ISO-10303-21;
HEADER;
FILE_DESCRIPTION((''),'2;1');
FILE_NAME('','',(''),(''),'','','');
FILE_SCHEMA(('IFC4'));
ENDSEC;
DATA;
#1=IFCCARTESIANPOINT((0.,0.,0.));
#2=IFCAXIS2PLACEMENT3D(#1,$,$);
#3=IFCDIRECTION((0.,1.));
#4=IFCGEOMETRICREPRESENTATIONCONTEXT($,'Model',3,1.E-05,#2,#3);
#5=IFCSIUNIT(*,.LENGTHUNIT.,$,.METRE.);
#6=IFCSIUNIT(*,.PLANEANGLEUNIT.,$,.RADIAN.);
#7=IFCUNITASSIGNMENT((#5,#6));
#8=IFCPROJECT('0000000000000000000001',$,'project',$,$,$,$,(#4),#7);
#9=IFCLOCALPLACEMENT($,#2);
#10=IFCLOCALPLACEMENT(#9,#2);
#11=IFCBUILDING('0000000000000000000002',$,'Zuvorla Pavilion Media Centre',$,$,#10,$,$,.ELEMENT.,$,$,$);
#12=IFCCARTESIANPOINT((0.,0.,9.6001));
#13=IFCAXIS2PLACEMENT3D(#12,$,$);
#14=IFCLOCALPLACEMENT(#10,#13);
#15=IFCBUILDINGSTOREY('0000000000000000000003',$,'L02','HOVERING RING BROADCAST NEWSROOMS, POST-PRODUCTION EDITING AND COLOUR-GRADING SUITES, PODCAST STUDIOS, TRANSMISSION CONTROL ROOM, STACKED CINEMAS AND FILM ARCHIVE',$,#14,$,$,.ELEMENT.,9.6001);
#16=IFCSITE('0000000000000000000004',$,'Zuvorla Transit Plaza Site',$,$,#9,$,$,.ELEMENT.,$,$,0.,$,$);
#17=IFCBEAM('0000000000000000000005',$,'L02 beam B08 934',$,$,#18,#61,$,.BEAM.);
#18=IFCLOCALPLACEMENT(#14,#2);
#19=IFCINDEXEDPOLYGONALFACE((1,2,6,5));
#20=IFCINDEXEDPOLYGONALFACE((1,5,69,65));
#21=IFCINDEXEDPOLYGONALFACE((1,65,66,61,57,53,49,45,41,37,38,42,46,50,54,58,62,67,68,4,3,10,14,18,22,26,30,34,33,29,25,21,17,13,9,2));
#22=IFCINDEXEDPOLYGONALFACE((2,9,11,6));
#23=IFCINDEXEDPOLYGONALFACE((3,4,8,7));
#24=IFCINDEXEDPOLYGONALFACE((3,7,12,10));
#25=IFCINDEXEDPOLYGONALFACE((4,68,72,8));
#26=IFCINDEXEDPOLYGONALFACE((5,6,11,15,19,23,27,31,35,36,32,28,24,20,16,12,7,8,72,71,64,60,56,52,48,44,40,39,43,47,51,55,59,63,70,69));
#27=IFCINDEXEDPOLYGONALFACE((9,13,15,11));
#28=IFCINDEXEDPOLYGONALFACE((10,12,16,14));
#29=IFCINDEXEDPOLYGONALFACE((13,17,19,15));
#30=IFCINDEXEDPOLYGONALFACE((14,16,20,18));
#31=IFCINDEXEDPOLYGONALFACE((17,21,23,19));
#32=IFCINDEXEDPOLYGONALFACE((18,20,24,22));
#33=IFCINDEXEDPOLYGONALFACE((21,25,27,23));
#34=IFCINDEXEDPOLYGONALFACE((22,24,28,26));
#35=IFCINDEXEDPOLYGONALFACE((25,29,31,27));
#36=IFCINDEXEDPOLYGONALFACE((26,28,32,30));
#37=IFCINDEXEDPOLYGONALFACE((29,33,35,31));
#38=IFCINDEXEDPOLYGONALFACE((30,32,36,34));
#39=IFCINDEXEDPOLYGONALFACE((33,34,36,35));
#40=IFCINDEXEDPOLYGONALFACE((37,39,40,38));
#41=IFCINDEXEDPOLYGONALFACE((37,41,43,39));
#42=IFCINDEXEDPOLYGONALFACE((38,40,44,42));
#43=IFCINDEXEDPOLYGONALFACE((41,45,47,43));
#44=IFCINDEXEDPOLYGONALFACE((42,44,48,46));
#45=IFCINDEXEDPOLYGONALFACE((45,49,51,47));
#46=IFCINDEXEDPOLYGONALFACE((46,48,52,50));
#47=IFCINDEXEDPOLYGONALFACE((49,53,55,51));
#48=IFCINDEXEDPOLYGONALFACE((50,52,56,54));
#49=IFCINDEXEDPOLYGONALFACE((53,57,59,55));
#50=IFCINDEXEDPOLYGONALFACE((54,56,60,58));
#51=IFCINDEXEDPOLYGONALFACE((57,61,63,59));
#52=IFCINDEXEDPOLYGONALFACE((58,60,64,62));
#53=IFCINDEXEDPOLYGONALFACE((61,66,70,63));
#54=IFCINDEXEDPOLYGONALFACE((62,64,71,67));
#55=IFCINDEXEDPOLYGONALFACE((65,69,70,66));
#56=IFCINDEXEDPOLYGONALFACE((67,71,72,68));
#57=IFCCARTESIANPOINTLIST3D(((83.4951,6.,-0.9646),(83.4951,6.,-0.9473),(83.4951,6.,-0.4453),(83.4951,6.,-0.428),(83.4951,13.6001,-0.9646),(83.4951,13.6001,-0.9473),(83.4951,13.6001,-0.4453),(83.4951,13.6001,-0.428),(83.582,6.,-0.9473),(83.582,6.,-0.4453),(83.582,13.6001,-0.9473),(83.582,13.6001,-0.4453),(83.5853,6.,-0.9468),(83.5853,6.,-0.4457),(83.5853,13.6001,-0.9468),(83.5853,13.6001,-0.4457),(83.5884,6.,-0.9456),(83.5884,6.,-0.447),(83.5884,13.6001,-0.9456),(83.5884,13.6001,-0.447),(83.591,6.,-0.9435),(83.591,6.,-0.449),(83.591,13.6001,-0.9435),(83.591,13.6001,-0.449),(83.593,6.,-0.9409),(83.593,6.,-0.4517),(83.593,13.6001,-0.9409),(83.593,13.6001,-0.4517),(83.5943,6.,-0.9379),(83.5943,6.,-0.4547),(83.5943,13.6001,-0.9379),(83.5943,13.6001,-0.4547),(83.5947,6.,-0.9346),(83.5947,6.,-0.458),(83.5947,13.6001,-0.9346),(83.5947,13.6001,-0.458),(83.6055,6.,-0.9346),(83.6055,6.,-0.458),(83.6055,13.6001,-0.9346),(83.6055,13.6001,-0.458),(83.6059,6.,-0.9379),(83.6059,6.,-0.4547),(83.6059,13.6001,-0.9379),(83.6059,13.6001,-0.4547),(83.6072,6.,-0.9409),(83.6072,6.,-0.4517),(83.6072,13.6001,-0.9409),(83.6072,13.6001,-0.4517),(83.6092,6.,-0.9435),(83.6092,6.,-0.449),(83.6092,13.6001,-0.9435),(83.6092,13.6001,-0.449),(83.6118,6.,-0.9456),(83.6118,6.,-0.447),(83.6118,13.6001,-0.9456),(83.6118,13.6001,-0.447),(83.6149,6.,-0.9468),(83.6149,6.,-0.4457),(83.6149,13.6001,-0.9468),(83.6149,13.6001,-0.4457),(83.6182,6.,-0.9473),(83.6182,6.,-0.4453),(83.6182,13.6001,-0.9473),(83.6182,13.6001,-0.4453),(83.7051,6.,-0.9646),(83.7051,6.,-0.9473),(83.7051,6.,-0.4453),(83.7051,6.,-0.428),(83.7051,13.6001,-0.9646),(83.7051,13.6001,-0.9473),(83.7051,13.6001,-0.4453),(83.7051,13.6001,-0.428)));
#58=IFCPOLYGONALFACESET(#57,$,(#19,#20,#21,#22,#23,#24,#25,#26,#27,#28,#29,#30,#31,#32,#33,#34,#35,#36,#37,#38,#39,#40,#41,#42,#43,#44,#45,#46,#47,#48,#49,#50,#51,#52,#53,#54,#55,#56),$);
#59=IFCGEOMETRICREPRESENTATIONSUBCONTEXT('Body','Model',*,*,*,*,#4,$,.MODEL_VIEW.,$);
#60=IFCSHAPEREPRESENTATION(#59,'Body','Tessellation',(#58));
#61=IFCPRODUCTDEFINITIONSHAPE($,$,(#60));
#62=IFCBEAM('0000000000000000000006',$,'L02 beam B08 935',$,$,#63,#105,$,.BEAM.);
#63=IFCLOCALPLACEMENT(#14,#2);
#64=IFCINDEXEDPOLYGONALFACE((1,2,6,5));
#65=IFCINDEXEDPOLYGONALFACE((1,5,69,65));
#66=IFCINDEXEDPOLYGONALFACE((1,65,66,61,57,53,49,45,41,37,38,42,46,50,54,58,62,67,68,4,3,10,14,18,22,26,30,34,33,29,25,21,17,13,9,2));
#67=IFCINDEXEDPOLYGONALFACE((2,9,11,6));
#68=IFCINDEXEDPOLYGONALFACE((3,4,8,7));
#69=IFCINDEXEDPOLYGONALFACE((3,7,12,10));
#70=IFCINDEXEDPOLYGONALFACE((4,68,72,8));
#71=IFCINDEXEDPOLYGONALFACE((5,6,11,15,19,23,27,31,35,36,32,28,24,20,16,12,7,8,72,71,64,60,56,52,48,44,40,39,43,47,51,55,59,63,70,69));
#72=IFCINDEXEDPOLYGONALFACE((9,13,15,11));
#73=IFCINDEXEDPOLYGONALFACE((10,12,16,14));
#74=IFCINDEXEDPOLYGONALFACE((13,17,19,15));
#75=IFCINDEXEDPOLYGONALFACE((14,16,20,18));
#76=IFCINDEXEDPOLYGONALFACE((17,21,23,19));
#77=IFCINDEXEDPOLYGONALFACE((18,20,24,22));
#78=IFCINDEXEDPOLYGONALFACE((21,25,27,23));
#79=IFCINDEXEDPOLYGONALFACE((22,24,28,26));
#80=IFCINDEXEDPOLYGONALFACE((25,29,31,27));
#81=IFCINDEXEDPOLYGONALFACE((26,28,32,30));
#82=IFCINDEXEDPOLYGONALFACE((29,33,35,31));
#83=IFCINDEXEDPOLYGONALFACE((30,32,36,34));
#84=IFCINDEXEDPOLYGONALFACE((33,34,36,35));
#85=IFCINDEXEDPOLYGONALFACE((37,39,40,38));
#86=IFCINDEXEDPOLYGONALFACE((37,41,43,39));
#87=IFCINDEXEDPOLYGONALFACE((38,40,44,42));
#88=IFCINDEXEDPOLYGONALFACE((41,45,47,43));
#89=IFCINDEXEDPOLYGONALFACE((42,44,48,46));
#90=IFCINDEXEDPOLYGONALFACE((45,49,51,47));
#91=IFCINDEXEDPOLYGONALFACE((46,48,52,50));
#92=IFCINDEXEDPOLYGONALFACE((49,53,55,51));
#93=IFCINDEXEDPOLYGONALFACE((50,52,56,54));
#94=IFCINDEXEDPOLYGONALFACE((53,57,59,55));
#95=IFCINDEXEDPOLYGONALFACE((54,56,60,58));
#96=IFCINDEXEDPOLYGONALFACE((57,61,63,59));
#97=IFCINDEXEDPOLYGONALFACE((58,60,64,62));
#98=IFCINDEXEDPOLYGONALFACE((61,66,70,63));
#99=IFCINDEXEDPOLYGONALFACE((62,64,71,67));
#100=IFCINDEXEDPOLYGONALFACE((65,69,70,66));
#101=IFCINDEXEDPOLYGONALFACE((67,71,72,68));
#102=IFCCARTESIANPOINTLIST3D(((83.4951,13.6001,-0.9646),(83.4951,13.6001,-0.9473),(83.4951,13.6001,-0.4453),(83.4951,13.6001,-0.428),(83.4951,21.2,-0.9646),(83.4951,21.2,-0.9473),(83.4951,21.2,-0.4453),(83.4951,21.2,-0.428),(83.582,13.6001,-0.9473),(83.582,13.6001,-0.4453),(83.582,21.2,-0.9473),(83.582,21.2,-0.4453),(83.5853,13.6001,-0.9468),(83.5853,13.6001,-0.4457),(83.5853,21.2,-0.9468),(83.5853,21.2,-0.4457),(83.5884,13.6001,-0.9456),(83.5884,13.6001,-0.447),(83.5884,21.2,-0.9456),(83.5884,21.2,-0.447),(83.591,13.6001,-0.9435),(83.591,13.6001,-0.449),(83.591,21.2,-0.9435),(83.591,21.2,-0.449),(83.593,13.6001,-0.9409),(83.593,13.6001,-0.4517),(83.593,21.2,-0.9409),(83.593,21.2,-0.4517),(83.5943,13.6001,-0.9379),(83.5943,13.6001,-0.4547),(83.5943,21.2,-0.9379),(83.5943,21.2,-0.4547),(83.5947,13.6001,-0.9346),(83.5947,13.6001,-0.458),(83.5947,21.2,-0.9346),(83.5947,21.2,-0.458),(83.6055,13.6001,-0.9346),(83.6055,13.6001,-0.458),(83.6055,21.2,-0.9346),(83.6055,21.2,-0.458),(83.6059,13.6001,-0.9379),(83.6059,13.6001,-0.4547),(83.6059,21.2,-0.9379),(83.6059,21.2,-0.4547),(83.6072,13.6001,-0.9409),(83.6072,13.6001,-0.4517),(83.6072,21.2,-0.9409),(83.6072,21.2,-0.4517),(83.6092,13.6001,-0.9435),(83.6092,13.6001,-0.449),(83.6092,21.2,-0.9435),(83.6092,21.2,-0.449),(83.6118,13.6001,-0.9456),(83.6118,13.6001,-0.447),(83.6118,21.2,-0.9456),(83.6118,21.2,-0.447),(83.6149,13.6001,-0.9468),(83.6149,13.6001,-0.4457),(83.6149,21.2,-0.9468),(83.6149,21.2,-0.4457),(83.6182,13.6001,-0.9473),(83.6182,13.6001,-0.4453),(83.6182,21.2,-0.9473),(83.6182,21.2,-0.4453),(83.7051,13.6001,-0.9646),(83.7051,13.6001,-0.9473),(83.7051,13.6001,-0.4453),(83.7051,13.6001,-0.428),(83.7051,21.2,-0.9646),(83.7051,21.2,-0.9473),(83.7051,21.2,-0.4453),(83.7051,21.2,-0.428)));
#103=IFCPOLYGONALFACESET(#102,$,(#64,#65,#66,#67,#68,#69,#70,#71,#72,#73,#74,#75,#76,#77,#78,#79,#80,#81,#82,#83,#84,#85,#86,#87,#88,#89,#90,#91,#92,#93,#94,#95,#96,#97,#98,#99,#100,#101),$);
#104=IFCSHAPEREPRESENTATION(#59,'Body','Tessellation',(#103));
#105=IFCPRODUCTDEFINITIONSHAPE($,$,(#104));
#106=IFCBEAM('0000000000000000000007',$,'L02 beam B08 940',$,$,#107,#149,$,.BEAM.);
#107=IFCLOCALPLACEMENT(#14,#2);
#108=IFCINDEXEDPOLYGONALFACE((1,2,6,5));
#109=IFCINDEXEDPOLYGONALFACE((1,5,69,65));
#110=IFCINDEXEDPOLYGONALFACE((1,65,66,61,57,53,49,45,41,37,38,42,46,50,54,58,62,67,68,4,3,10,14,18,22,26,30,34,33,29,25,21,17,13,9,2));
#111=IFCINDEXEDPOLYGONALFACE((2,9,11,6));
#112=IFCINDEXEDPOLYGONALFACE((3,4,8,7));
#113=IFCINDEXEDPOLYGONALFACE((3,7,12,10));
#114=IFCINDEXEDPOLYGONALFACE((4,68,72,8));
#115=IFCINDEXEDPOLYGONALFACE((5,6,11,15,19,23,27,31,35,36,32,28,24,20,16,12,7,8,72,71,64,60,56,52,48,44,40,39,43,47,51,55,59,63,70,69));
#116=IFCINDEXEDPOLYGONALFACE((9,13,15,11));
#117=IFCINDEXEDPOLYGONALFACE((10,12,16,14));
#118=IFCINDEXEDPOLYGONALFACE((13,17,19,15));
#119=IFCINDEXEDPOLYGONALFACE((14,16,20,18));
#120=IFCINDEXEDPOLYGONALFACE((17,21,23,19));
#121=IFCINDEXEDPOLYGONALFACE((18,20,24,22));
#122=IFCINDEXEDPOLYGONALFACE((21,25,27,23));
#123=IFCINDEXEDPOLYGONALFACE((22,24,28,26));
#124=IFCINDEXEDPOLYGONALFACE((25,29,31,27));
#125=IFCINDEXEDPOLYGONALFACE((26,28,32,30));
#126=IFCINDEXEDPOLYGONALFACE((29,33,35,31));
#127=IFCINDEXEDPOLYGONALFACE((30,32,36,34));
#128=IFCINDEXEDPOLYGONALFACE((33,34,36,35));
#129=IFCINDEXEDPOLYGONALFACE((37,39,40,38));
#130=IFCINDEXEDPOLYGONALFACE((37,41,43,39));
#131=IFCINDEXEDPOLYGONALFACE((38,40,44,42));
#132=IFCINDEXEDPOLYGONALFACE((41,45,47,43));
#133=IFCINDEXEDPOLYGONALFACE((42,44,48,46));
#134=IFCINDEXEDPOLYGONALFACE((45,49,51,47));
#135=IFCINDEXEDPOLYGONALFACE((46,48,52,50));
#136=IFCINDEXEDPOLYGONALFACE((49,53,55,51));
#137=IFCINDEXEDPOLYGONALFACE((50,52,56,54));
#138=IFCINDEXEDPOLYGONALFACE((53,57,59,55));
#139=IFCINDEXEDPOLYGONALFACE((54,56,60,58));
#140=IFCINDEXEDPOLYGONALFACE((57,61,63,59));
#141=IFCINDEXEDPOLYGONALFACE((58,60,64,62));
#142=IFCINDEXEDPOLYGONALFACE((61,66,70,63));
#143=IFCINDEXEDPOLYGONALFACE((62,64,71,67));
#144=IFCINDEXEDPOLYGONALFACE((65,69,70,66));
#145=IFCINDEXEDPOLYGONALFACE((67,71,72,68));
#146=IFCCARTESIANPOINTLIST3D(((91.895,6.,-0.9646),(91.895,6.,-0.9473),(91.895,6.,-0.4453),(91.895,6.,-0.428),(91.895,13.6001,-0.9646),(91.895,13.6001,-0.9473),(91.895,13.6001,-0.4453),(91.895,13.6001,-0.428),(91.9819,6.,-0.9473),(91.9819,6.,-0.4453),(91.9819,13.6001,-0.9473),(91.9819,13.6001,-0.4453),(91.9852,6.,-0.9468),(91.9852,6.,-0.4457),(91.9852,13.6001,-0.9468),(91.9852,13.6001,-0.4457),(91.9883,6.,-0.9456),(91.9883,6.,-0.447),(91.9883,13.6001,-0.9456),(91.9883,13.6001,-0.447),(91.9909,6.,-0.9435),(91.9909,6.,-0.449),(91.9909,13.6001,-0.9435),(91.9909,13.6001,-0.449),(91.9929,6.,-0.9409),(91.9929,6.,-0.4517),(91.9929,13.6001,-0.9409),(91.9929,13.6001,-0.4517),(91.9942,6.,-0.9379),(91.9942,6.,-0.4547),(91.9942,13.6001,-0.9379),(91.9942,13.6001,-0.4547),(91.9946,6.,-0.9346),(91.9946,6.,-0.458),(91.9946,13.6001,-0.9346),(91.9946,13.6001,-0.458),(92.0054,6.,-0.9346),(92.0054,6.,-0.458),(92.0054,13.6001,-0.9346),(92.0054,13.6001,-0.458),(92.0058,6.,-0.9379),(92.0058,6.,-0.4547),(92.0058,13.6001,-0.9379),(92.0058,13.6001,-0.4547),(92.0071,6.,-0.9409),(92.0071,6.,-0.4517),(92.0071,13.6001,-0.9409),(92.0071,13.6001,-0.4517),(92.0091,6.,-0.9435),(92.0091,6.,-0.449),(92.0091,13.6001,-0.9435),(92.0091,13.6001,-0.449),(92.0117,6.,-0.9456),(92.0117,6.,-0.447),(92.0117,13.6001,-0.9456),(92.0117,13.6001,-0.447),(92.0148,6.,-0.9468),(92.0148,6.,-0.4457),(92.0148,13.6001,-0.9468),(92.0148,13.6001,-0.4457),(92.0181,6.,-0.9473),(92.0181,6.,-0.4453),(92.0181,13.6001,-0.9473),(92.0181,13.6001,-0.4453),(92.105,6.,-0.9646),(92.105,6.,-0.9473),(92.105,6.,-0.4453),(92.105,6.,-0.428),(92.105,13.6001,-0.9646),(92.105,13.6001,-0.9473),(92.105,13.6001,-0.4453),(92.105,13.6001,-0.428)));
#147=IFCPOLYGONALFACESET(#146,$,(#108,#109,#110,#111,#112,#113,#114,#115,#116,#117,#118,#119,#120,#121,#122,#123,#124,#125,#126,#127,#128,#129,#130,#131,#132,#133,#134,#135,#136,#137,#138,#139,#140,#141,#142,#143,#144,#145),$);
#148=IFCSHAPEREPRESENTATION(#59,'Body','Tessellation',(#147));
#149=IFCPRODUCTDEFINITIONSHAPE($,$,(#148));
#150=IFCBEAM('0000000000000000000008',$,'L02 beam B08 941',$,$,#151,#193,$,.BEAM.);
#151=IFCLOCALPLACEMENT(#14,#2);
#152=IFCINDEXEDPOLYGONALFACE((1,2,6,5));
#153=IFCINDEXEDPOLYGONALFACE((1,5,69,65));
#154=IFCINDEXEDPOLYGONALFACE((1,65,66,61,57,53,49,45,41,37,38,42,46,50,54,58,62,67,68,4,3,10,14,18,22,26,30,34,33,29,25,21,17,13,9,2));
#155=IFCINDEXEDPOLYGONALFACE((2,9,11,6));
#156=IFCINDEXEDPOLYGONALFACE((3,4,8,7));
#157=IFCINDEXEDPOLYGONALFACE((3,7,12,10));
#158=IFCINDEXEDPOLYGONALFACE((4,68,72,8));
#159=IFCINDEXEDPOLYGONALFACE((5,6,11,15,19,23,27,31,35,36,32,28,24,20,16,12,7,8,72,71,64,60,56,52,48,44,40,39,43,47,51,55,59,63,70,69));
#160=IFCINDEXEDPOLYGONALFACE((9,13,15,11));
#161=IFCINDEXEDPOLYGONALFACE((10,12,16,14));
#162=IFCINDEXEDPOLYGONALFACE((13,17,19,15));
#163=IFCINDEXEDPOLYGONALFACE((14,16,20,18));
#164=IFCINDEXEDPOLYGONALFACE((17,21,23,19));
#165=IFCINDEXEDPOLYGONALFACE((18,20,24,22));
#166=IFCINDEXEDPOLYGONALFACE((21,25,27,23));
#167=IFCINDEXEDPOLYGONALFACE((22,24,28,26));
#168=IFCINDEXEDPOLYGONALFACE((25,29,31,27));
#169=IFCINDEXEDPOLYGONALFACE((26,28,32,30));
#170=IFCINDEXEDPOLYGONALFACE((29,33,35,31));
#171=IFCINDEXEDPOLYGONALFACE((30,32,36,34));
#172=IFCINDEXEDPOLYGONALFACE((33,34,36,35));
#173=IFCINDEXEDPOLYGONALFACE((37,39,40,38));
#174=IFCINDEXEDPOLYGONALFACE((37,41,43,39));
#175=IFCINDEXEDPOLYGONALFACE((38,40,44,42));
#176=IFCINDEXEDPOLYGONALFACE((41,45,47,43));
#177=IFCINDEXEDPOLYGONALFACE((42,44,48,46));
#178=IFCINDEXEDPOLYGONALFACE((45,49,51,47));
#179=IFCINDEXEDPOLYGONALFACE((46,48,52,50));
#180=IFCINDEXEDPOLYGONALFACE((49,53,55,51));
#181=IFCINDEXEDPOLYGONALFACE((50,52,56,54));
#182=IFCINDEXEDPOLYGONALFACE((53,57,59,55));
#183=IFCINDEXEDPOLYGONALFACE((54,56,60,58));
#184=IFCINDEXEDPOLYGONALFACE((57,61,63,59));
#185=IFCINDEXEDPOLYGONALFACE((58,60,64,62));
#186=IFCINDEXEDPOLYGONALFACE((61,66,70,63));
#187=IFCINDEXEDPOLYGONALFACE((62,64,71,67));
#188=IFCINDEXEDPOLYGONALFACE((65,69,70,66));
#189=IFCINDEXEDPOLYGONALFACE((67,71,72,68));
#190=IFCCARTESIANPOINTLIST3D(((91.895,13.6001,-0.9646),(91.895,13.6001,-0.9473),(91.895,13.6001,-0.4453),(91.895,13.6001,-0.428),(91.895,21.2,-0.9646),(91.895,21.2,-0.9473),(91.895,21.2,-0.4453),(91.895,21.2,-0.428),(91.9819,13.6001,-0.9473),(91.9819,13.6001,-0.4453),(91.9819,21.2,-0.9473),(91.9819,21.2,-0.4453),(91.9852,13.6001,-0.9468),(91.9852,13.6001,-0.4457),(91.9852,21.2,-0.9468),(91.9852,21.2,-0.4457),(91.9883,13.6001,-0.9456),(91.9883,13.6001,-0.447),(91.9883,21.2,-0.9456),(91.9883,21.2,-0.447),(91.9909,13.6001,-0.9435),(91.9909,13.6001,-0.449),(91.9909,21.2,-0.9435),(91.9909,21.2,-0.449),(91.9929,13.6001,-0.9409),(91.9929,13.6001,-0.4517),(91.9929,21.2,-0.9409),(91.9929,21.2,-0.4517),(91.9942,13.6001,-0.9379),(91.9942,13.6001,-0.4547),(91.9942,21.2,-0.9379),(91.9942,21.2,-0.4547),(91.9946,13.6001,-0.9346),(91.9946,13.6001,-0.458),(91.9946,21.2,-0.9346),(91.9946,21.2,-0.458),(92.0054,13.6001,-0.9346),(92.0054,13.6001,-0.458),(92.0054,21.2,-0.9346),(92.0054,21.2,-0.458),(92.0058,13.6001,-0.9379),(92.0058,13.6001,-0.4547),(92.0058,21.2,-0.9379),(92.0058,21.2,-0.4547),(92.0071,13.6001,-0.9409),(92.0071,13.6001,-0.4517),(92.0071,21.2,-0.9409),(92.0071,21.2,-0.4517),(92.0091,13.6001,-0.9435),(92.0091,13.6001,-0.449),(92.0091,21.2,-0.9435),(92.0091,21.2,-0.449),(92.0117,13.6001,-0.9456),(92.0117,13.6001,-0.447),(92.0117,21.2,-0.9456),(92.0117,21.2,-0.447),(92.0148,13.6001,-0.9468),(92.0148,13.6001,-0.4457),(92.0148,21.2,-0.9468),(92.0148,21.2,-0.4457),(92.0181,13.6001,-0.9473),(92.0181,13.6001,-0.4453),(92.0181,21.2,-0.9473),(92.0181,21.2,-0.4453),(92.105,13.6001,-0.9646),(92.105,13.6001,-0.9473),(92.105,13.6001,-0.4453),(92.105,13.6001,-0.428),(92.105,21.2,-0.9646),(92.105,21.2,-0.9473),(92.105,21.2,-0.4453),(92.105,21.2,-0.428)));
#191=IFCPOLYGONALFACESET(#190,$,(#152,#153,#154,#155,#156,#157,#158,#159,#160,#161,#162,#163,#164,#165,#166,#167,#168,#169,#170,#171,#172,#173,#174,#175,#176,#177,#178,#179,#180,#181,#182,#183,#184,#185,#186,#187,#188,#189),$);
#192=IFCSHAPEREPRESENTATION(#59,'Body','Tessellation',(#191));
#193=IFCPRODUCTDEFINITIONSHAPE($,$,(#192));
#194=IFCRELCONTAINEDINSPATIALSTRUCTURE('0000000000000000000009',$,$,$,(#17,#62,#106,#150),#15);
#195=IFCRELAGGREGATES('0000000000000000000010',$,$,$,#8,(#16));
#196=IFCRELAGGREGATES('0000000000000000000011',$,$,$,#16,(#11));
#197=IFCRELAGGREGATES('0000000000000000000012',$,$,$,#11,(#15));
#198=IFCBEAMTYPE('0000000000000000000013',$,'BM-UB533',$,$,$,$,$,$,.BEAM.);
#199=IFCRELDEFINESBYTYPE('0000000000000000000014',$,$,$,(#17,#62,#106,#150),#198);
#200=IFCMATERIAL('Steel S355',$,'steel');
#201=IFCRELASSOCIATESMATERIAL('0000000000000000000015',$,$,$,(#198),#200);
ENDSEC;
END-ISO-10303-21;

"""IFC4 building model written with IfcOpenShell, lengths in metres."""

from ifc_helpers import new_model, si_unit, direction, frame, origin, origin_2d, place, context, subcontext, project, spatial, i_section, extrude, material, material_profile, profile_set, type_object, element, save


model = new_model("IFC4")

# Units and contexts
model_context = context("Model", 3, precision=1e-05, world=origin(), true_north=direction((0.0, 1.0)))
body_context = subcontext(model_context, "Body", "Model", "MODEL_VIEW")
ifc_project = project(units=[si_unit("LENGTHUNIT", "METRE"), si_unit("PLANEANGLEUNIT", "RADIAN")], contexts=[model_context])

# Site, building, storey
site_placement = place(None, origin())
site = spatial("IfcSite", under=ifc_project, at=site_placement, Name="Zuvorla Transit Plaza Site", CompositionType="ELEMENT", RefElevation=0.0)
building_placement = place(site_placement, origin())
building = spatial("IfcBuilding", under=site, at=building_placement, Name="Zuvorla Pavilion Media Centre", CompositionType="ELEMENT")
storey_placement = place(building_placement, frame((0.0, 0.0, 9.6001)))
storey = spatial("IfcBuildingStorey", under=building, at=storey_placement, Name="L02", Description="HOVERING RING BROADCAST NEWSROOMS, POST-PRODUCTION EDITING AND COLOUR-GRADING SUITES, PODCAST STUDIOS, TRANSMISSION CONTROL ROOM, STACKED CINEMAS AND FILM ARCHIVE", CompositionType="ELEMENT", Elevation=9.6001)

# Beams
ifc_material_1 = material(Name="Steel S355", Category="steel")
ifc_material_profile_1 = material_profile(ifc_material_1, i_section(OverallWidth=0.21, OverallDepth=0.5366, WebThickness=0.0107, FlangeThickness=0.0173, FilletRadius=0.0127, at=origin_2d()), Name="UB 533x210x101")
ifc_profile_set_1 = profile_set([ifc_material_profile_1], Name="Steel S355")
beam_type_1 = type_object("IfcBeamType", Name="BM-UB533", PredefinedType="BEAM", material=ifc_profile_set_1)
beam_1_placement = place(storey_placement, frame((83.6001, 6.0, -0.6963), z_axis=(0.0, 1.0, 0.0), x_axis=(-1.0, 0.0, 0.0)))
element("IfcBeam", 1, at=beam_1_placement, inside=storey, type_object=beam_type_1, Name="L02 beam B08 934", PredefinedType="BEAM", context=body_context, shape_type="SweptSolid", body=[
    extrude(i_section(OverallWidth=0.21, OverallDepth=0.5366, WebThickness=0.0107, FlangeThickness=0.0173, FilletRadius=0.0127, at=origin_2d()), origin(), (0.0, 0.0, 1.0), 7.6001),
])
beam_2_placement = place(storey_placement, frame((83.6001, 13.6001, -0.6963), z_axis=(0.0, 1.0, 0.0), x_axis=(-1.0, 0.0, 0.0)))
element("IfcBeam", 2, at=beam_2_placement, inside=storey, type_object=beam_type_1, Name="L02 beam B08 935", PredefinedType="BEAM", context=body_context, shape_type="SweptSolid", body=[
    extrude(i_section(OverallWidth=0.21, OverallDepth=0.5366, WebThickness=0.0107, FlangeThickness=0.0173, FilletRadius=0.0127, at=origin_2d()), origin(), (0.0, 0.0, 1.0), 7.5999),
])
beam_3_placement = place(storey_placement, frame((92.0, 6.0, -0.6963), z_axis=(0.0, 1.0, 0.0), x_axis=(-1.0, 0.0, 0.0)))
element("IfcBeam", 3, at=beam_3_placement, inside=storey, type_object=beam_type_1, Name="L02 beam B08 940", PredefinedType="BEAM", context=body_context, shape_type="SweptSolid", body=[
    extrude(i_section(OverallWidth=0.21, OverallDepth=0.5366, WebThickness=0.0107, FlangeThickness=0.0173, FilletRadius=0.0127, at=origin_2d()), origin(), (0.0, 0.0, 1.0), 7.6001),
])
beam_4_placement = place(storey_placement, frame((92.0, 13.6001, -0.6963), z_axis=(0.0, 1.0, 0.0), x_axis=(-1.0, 0.0, 0.0)))
element("IfcBeam", 4, at=beam_4_placement, inside=storey, type_object=beam_type_1, Name="L02 beam B08 941", PredefinedType="BEAM", context=body_context, shape_type="SweptSolid", body=[
    extrude(i_section(OverallWidth=0.21, OverallDepth=0.5366, WebThickness=0.0107, FlangeThickness=0.0173, FilletRadius=0.0127, at=origin_2d()), origin(), (0.0, 0.0, 1.0), 7.5999),
])

save(model, "model.ifc")
